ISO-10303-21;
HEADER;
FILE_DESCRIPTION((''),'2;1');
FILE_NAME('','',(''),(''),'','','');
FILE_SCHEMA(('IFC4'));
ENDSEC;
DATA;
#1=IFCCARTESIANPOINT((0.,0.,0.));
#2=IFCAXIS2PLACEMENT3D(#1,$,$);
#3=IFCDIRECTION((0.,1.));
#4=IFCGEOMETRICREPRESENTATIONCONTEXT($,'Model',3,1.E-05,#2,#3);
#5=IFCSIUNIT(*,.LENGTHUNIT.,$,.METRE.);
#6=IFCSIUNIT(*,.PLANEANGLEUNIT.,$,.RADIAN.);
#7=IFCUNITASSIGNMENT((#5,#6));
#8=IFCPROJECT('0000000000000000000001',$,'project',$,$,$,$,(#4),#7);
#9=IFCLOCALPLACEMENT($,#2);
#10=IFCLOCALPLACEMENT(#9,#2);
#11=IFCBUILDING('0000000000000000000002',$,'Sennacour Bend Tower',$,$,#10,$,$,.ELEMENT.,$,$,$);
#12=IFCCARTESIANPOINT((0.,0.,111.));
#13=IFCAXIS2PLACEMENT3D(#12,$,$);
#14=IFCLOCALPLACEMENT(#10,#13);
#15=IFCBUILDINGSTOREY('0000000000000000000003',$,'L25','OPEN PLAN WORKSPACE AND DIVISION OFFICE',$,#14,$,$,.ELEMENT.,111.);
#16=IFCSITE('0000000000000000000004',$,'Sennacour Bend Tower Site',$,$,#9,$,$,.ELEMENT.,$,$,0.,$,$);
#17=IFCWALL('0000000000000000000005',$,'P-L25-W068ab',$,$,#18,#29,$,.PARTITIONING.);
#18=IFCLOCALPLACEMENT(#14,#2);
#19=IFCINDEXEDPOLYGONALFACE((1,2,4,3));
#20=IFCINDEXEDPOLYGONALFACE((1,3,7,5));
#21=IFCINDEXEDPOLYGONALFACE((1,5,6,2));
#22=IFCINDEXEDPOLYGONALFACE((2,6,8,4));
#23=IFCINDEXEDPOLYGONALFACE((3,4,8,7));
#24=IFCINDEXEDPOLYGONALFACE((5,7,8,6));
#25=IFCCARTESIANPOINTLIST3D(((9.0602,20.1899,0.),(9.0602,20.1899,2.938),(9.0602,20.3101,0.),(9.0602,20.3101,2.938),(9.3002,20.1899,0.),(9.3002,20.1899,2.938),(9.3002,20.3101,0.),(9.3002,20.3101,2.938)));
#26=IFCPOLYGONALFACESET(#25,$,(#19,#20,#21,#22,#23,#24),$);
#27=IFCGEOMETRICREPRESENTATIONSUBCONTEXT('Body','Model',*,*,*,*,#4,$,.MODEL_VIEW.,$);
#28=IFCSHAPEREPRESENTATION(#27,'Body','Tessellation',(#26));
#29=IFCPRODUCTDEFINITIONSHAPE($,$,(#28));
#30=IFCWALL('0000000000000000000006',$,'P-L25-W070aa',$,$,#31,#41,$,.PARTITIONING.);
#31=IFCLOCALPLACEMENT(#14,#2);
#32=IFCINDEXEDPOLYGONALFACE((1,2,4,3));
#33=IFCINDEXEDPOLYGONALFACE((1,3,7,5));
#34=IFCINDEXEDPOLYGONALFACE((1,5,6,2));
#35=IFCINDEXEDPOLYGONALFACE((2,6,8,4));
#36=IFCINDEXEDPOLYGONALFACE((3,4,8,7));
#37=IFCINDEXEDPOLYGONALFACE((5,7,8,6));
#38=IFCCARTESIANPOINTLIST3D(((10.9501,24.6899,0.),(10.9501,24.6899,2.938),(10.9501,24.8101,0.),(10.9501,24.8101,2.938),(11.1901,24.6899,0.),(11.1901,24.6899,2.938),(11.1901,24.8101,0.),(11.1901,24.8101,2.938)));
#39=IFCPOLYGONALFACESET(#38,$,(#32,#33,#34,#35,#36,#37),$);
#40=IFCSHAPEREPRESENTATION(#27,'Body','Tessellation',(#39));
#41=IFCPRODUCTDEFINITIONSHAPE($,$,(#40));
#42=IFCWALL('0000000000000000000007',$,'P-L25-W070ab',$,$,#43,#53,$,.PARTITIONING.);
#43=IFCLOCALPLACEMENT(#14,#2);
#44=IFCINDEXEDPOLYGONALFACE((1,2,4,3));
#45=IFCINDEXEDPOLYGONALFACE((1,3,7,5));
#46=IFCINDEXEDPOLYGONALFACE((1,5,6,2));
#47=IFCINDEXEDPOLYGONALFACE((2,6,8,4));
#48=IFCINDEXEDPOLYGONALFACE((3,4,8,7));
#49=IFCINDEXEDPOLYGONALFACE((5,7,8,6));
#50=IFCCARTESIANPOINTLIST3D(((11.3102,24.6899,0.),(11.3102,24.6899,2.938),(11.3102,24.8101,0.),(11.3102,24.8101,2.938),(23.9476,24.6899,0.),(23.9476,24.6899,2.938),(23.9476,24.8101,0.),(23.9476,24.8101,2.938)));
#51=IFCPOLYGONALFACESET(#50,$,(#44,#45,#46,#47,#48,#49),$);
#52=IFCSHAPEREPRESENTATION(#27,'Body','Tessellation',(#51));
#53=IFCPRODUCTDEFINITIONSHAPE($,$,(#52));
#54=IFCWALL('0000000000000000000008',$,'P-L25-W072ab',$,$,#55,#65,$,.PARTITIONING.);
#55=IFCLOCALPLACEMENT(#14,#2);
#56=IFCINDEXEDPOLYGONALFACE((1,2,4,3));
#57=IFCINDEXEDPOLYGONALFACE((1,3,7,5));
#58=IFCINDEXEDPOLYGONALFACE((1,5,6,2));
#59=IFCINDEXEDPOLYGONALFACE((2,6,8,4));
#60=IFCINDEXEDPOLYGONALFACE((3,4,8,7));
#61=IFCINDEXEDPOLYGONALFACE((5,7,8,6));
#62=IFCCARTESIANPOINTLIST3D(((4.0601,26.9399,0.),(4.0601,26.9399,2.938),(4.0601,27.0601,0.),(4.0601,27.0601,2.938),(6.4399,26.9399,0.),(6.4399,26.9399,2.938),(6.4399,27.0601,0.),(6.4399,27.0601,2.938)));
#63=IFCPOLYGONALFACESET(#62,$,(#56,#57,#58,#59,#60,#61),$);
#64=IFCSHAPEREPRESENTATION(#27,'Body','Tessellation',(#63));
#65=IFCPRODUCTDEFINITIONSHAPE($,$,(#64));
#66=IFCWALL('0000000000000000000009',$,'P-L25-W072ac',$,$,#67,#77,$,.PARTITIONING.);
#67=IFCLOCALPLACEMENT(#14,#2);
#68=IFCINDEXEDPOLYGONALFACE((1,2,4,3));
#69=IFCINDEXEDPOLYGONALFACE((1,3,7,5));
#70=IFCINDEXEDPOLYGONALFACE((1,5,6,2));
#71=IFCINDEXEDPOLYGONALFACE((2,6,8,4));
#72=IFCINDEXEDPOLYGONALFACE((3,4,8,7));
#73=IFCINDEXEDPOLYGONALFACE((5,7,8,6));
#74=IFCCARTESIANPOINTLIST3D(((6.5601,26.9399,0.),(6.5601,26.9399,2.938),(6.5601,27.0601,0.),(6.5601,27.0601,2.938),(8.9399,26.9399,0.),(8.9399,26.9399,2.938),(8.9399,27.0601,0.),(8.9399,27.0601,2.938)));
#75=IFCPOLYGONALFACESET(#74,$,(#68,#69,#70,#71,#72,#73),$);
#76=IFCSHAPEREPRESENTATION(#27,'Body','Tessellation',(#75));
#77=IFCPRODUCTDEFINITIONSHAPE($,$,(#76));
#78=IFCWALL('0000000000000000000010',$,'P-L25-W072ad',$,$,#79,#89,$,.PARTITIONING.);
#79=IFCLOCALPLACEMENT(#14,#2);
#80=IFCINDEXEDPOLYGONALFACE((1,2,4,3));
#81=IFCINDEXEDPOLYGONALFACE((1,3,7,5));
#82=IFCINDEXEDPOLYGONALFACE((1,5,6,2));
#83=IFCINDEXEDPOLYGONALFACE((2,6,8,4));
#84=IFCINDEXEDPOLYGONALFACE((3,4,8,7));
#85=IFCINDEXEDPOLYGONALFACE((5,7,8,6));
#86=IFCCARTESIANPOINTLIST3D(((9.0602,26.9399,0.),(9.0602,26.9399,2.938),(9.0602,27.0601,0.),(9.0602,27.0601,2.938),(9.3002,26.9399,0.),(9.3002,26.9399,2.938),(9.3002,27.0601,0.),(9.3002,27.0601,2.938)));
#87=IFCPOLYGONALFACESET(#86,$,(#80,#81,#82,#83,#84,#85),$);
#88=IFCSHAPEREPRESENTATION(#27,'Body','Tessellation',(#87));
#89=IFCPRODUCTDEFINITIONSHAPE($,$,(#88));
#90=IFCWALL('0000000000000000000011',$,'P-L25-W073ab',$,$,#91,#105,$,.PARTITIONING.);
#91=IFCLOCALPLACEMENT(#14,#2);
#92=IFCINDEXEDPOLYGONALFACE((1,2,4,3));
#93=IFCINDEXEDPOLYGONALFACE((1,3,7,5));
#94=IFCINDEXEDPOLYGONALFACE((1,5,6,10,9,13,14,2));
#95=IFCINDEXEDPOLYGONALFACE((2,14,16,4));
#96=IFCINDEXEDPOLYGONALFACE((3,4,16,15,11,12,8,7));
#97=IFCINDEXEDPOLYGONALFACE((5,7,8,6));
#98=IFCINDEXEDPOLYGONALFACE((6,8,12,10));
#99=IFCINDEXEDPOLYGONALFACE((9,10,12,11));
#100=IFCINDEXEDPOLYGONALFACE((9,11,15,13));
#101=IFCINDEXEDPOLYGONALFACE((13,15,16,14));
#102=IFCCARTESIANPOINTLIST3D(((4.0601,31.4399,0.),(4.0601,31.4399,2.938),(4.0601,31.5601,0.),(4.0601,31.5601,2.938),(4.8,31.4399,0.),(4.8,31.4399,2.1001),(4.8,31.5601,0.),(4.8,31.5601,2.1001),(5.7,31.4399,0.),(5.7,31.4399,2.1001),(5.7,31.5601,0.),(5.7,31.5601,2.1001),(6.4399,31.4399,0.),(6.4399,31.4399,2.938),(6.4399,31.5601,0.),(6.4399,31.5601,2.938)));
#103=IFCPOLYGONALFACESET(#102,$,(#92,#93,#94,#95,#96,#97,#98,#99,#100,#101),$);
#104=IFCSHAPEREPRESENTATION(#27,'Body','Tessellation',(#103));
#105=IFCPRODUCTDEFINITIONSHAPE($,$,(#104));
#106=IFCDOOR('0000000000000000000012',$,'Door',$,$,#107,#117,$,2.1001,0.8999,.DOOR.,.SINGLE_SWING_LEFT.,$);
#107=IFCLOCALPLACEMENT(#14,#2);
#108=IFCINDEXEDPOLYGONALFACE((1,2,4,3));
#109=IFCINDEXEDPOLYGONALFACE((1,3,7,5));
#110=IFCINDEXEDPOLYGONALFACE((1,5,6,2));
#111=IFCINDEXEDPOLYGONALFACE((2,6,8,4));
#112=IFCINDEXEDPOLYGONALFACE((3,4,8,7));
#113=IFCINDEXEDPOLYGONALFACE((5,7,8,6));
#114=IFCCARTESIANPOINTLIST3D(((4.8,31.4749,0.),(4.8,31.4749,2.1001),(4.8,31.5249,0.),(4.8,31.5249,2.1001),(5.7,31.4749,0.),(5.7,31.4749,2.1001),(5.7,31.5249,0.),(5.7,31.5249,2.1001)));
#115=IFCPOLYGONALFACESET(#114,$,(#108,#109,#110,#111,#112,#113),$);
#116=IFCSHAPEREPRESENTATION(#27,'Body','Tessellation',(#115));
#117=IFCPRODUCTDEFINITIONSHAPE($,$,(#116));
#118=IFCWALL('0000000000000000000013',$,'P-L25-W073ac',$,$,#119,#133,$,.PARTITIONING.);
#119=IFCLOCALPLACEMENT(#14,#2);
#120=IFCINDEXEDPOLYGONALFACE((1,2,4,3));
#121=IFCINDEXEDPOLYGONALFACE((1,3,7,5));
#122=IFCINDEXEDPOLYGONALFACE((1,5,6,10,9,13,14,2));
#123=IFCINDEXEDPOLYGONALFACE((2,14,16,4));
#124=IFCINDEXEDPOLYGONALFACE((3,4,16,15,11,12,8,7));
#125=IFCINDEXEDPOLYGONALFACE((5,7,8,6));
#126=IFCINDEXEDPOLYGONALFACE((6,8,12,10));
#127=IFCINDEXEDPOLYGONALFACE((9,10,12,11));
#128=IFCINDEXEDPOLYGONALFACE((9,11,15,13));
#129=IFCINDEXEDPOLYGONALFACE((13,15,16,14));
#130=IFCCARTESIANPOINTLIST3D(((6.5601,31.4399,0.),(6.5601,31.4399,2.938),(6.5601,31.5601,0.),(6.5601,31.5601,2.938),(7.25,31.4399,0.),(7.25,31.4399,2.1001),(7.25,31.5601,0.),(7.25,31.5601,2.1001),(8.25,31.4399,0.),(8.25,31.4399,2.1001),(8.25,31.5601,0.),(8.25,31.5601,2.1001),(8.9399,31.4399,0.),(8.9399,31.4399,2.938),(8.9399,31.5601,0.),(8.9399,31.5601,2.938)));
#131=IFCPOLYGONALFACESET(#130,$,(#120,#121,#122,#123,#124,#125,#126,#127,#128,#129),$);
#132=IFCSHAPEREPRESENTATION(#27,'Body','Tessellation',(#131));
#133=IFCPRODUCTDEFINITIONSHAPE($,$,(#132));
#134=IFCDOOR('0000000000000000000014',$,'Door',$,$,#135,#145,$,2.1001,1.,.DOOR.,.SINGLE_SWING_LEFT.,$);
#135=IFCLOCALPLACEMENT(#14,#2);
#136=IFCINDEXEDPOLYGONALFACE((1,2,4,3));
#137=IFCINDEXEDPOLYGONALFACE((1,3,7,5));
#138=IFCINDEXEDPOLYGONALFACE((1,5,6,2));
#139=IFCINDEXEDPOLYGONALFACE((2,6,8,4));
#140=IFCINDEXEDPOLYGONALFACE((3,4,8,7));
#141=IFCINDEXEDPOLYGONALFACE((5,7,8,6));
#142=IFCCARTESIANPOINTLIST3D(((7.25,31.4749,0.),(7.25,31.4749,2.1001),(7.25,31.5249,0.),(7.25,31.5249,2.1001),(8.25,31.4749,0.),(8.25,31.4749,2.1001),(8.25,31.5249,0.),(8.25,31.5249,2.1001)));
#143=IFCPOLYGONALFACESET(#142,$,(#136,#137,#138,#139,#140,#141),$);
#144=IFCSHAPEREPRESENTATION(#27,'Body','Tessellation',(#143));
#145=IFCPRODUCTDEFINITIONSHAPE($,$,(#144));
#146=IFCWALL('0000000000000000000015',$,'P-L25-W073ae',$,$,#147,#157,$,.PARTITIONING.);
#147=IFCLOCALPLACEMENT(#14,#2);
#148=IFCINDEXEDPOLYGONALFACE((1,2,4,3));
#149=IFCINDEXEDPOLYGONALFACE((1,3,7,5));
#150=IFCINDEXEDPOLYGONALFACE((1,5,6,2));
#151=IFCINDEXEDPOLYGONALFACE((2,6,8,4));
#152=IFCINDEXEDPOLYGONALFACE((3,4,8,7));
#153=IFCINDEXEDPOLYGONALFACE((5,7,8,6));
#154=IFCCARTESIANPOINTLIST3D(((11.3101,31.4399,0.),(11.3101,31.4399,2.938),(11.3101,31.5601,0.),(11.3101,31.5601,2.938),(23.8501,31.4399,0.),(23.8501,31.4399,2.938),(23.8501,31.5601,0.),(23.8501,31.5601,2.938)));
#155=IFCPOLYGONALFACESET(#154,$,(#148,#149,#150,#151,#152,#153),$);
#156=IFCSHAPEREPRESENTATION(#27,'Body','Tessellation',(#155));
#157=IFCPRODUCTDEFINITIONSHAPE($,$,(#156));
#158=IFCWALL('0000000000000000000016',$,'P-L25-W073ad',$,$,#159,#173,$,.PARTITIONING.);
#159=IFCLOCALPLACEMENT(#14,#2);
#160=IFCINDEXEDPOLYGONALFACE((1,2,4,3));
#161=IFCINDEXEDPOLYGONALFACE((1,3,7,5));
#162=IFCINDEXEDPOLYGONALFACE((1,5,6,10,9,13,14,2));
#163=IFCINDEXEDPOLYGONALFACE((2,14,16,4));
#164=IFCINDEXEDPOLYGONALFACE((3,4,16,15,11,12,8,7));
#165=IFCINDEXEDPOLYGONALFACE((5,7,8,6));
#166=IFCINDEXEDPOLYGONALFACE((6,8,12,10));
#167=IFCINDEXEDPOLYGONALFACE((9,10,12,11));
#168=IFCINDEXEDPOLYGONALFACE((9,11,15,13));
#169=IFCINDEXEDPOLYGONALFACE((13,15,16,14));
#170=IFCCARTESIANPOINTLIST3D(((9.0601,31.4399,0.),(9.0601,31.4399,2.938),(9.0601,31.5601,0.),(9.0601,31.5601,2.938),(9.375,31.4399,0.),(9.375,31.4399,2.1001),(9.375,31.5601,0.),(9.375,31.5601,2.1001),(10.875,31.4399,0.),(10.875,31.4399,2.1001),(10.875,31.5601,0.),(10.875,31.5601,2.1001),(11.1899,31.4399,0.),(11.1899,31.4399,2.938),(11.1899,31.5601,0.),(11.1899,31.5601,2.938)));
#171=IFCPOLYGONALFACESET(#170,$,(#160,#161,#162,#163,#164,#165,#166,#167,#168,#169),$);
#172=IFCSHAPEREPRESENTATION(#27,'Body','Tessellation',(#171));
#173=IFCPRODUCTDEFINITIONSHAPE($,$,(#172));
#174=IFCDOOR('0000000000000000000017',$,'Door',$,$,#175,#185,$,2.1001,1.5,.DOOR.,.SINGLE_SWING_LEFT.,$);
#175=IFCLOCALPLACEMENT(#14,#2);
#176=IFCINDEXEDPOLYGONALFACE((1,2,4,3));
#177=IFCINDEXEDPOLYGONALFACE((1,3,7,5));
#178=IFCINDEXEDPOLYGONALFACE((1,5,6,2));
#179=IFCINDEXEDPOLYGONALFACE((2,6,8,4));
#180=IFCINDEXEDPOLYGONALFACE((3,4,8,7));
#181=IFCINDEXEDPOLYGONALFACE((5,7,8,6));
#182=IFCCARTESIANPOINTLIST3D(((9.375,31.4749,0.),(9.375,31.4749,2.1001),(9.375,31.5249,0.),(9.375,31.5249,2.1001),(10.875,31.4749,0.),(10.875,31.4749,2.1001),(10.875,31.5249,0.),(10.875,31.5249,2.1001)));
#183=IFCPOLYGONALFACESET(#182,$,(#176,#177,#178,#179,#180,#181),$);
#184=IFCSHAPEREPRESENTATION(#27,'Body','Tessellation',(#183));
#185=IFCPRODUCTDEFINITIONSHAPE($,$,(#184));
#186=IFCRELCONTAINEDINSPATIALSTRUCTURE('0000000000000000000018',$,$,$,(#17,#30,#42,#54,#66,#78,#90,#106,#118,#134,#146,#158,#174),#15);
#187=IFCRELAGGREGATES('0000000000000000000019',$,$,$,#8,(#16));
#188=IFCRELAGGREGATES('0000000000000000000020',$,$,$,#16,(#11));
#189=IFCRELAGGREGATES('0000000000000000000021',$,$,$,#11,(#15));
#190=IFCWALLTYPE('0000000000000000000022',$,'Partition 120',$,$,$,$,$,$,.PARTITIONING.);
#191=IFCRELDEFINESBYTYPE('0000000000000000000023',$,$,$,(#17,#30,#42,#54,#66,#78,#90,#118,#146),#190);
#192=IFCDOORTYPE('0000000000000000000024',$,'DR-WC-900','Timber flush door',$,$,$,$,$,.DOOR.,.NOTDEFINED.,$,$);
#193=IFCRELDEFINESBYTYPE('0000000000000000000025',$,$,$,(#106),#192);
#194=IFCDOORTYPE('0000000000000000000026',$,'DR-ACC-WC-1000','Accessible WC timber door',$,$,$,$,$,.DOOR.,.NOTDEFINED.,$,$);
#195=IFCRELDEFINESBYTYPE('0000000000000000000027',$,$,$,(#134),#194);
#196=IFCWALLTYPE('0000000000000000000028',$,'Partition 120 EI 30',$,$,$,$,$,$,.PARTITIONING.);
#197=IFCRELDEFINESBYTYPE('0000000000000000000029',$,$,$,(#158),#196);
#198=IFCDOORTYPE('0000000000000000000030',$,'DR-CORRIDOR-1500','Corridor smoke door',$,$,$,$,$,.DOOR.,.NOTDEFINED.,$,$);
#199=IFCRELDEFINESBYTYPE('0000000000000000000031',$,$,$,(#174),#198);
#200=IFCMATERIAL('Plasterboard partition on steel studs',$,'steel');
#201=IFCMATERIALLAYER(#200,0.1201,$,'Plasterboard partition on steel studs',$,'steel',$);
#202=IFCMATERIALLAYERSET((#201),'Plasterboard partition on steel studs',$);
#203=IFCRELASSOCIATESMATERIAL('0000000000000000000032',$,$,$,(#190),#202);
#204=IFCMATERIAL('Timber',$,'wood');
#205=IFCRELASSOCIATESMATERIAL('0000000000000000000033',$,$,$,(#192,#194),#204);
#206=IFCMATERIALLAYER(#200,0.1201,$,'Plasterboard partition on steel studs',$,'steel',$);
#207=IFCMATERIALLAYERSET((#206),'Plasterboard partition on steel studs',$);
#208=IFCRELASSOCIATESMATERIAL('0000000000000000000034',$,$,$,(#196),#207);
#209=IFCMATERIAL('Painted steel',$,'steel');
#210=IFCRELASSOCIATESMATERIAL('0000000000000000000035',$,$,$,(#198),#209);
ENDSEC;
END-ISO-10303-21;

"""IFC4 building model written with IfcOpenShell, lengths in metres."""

from ifc_helpers import new_model, si_unit, direction, frame, frame_2d, origin, place, context, subcontext, project, spatial, rectangle, extrude, material, layer, layer_set, type_object, element, fill, save


model = new_model("IFC4")

# Units and contexts
model_context = context("Model", 3, precision=1e-05, world=origin(), true_north=direction((0.0, 1.0)))
body_context = subcontext(model_context, "Body", "Model", "MODEL_VIEW")
ifc_project = project(units=[si_unit("LENGTHUNIT", "METRE"), si_unit("PLANEANGLEUNIT", "RADIAN")], contexts=[model_context])

# Site, building, storey
site_placement = place(None, origin())
site = spatial("IfcSite", under=ifc_project, at=site_placement, Name="Sennacour Bend Tower Site", CompositionType="ELEMENT", RefElevation=0.0)
building_placement = place(site_placement, origin())
building = spatial("IfcBuilding", under=site, at=building_placement, Name="Sennacour Bend Tower", CompositionType="ELEMENT")
storey_placement = place(building_placement, frame((0.0, 0.0, 111.0)))
storey = spatial("IfcBuildingStorey", under=building, at=storey_placement, Name="L25", Description="OPEN PLAN WORKSPACE AND DIVISION OFFICE", CompositionType="ELEMENT", Elevation=111.0)

# Walls
ifc_material_1 = material(Name="Plasterboard partition on steel studs", Category="steel")
ifc_layer_1 = layer(ifc_material_1, 0.1201, Name="Plasterboard partition on steel studs", Category="steel")
ifc_layer_set_1 = layer_set([ifc_layer_1], Name="Plasterboard partition on steel studs")
wall_type_1 = type_object("IfcWallType", Name="Partition 120", PredefinedType="PARTITIONING", material=ifc_layer_set_1)
for number, where, z_axis, x_axis, name in (
    (1, (9.0601, 20.25, 0.0), (0.0, 0.0, 1.0), (1.0, 0.0, 0.0), "P-L25-W068ab"),
    (2, (10.95, 24.75, 0.0), (0.0, 0.0, 1.0), (1.0, 0.0, 0.0), "P-L25-W070aa"),
):
    element("IfcWall", number, at=place(storey_placement, frame(where, z_axis=z_axis, x_axis=x_axis)), inside=storey, type_object=wall_type_1, Name=name, PredefinedType="PARTITIONING", context=body_context, shape_type="SweptSolid", body=[
        extrude(rectangle(XDim=0.24, YDim=0.1201, at=frame_2d((0.1201, 0.0))), origin(), (0.0, 0.0, 1.0), 2.938),
    ])
wall_1_placement = place(storey_placement, frame((11.3101, 24.75, 0.0), z_axis=(0.0, 0.0, 1.0), x_axis=(1.0, 0.0, 0.0)))
element("IfcWall", 3, at=wall_1_placement, inside=storey, type_object=wall_type_1, Name="P-L25-W070ab", PredefinedType="PARTITIONING", context=body_context, shape_type="SweptSolid", body=[
    extrude(rectangle(XDim=12.6375, YDim=0.1201, at=frame_2d((6.3188, 0.0))), origin(), (0.0, 0.0, 1.0), 2.938),
])
for number, where, z_axis, x_axis, name in (
    (4, (4.0601, 27.0, 0.0), (0.0, 0.0, 1.0), (1.0, 0.0, 0.0), "P-L25-W072ab"),
    (5, (6.5601, 27.0, 0.0), (0.0, 0.0, 1.0), (1.0, 0.0, 0.0), "P-L25-W072ac"),
):
    element("IfcWall", number, at=place(storey_placement, frame(where, z_axis=z_axis, x_axis=x_axis)), inside=storey, type_object=wall_type_1, Name=name, PredefinedType="PARTITIONING", context=body_context, shape_type="SweptSolid", body=[
        extrude(rectangle(XDim=2.3799, YDim=0.1201, at=frame_2d((1.1899, 0.0))), origin(), (0.0, 0.0, 1.0), 2.938),
    ])
wall_2_placement = place(storey_placement, frame((9.0601, 27.0, 0.0), z_axis=(0.0, 0.0, 1.0), x_axis=(1.0, 0.0, 0.0)))
element("IfcWall", 6, at=wall_2_placement, inside=storey, type_object=wall_type_1, Name="P-L25-W072ad", PredefinedType="PARTITIONING", context=body_context, shape_type="SweptSolid", body=[
    extrude(rectangle(XDim=0.24, YDim=0.1201, at=frame_2d((0.1201, 0.0))), origin(), (0.0, 0.0, 1.0), 2.938),
])

# Walls, openings, doors
wall_3_placement = place(storey_placement, frame((4.0601, 31.5, 0.0), z_axis=(0.0, 0.0, 1.0), x_axis=(1.0, 0.0, 0.0)))
wall_3 = element("IfcWall", 7, at=wall_3_placement, inside=storey, type_object=wall_type_1, Name="P-L25-W073ab", PredefinedType="PARTITIONING", context=body_context, shape_type="SweptSolid", body=[
    extrude(rectangle(XDim=2.3799, YDim=0.1201, at=frame_2d((1.1899, 0.0))), origin(), (0.0, 0.0, 1.0), 2.938),
])
opening_1_placement = place(wall_3_placement, frame((0.74, 0.0, 0.0)))
opening_1 = element("IfcOpeningElement", 8, at=opening_1_placement, cuts=wall_3, PredefinedType="OPENING", context=body_context, shape_type="SweptSolid", body=[
    extrude(rectangle(XDim=0.8999, YDim=2.1001, at=frame_2d((0.45, 1.05))), frame((0.0, 0.0701, 0.0), z_axis=(0.0, -1.0, 0.0), x_axis=(1.0, 0.0, 0.0)), (0.0, 0.0, 1.0), 0.1401),
])
ifc_material_2 = material(Name="Timber", Category="wood")
door_type_1 = type_object("IfcDoorType", Name="DR-WC-900", Description="Timber flush door", OperationType="NOTDEFINED", PredefinedType="DOOR", material=ifc_material_2)
door_1_placement = place(opening_1_placement, origin())
door_1 = element("IfcDoor", 9, at=door_1_placement, inside=storey, type_object=door_type_1, Name="Door", OperationType="SINGLE_SWING_LEFT", OverallHeight=2.1001, OverallWidth=0.8999, PredefinedType="DOOR", context=body_context, shape_type="SweptSolid", body=[
    extrude(rectangle(XDim=0.8999, YDim=2.1001, at=frame_2d((0.45, 1.05))), frame((0.0, 0.0249, 0.0), z_axis=(0.0, -1.0, 0.0), x_axis=(1.0, 0.0, 0.0)), (0.0, 0.0, 1.0), 0.05),
])
fill(opening_1, door_1)
wall_4_placement = place(storey_placement, frame((6.5601, 31.5, 0.0), z_axis=(0.0, 0.0, 1.0), x_axis=(1.0, 0.0, 0.0)))
wall_4 = element("IfcWall", 10, at=wall_4_placement, inside=storey, type_object=wall_type_1, Name="P-L25-W073ac", PredefinedType="PARTITIONING", context=body_context, shape_type="SweptSolid", body=[
    extrude(rectangle(XDim=2.3799, YDim=0.1201, at=frame_2d((1.1899, 0.0))), origin(), (0.0, 0.0, 1.0), 2.938),
])
opening_2_placement = place(wall_4_placement, frame((0.6899, 0.0, 0.0)))
opening_2 = element("IfcOpeningElement", 11, at=opening_2_placement, cuts=wall_4, PredefinedType="OPENING", context=body_context, shape_type="SweptSolid", body=[
    extrude(rectangle(XDim=1.0, YDim=2.1001, at=frame_2d((0.5, 1.05))), frame((0.0, 0.0701, 0.0), z_axis=(0.0, -1.0, 0.0), x_axis=(1.0, 0.0, 0.0)), (0.0, 0.0, 1.0), 0.1401),
])
door_type_2 = type_object("IfcDoorType", Name="DR-ACC-WC-1000", Description="Accessible WC timber door", OperationType="NOTDEFINED", PredefinedType="DOOR", material=ifc_material_2)
door_2_placement = place(opening_2_placement, origin())
door_2 = element("IfcDoor", 12, at=door_2_placement, inside=storey, type_object=door_type_2, Name="Door", OperationType="SINGLE_SWING_LEFT", OverallHeight=2.1001, OverallWidth=1.0, PredefinedType="DOOR", context=body_context, shape_type="SweptSolid", body=[
    extrude(rectangle(XDim=1.0, YDim=2.1001, at=frame_2d((0.5, 1.05))), frame((0.0, 0.0249, 0.0), z_axis=(0.0, -1.0, 0.0), x_axis=(1.0, 0.0, 0.0)), (0.0, 0.0, 1.0), 0.05),
])
fill(opening_2, door_2)

# Wall
wall_5_placement = place(storey_placement, frame((11.3101, 31.5, 0.0), z_axis=(0.0, 0.0, 1.0), x_axis=(1.0, 0.0, 0.0)))
element("IfcWall", 13, at=wall_5_placement, inside=storey, type_object=wall_type_1, Name="P-L25-W073ae", PredefinedType="PARTITIONING", context=body_context, shape_type="SweptSolid", body=[
    extrude(rectangle(XDim=12.54, YDim=0.1201, at=frame_2d((6.27, 0.0))), origin(), (0.0, 0.0, 1.0), 2.938),
])

# Wall, opening, door
ifc_layer_2 = layer(ifc_material_1, 0.1201, Name="Plasterboard partition on steel studs", Category="steel")
ifc_layer_set_2 = layer_set([ifc_layer_2], Name="Plasterboard partition on steel studs")
wall_type_2 = type_object("IfcWallType", Name="Partition 120 EI 30", PredefinedType="PARTITIONING", material=ifc_layer_set_2)
wall_6_placement = place(storey_placement, frame((9.0601, 31.5, 0.0), z_axis=(0.0, 0.0, 1.0), x_axis=(1.0, 0.0, 0.0)))
wall_6 = element("IfcWall", 14, at=wall_6_placement, inside=storey, type_object=wall_type_2, Name="P-L25-W073ad", PredefinedType="PARTITIONING", context=body_context, shape_type="SweptSolid", body=[
    extrude(rectangle(XDim=2.1299, YDim=0.1201, at=frame_2d((1.0649, 0.0))), origin(), (0.0, 0.0, 1.0), 2.938),
])
opening_3_placement = place(wall_6_placement, frame((0.3149, 0.0, 0.0)))
opening_3 = element("IfcOpeningElement", 15, at=opening_3_placement, cuts=wall_6, PredefinedType="OPENING", context=body_context, shape_type="SweptSolid", body=[
    extrude(rectangle(XDim=1.5, YDim=2.1001, at=frame_2d((0.75, 1.05))), frame((0.0, 0.0701, 0.0), z_axis=(0.0, -1.0, 0.0), x_axis=(1.0, 0.0, 0.0)), (0.0, 0.0, 1.0), 0.1401),
])
ifc_material_3 = material(Name="Painted steel", Category="steel")
door_type_3 = type_object("IfcDoorType", Name="DR-CORRIDOR-1500", Description="Corridor smoke door", OperationType="NOTDEFINED", PredefinedType="DOOR", material=ifc_material_3)
door_3_placement = place(opening_3_placement, origin())
door_3 = element("IfcDoor", 16, at=door_3_placement, inside=storey, type_object=door_type_3, Name="Door", OperationType="SINGLE_SWING_LEFT", OverallHeight=2.1001, OverallWidth=1.5, PredefinedType="DOOR", context=body_context, shape_type="SweptSolid", body=[
    extrude(rectangle(XDim=1.5, YDim=2.1001, at=frame_2d((0.75, 1.05))), frame((0.0, 0.0249, 0.0), z_axis=(0.0, -1.0, 0.0), x_axis=(1.0, 0.0, 0.0)), (0.0, 0.0, 1.0), 0.05),
])
fill(opening_3, door_3)

save(model, "model.ifc")
